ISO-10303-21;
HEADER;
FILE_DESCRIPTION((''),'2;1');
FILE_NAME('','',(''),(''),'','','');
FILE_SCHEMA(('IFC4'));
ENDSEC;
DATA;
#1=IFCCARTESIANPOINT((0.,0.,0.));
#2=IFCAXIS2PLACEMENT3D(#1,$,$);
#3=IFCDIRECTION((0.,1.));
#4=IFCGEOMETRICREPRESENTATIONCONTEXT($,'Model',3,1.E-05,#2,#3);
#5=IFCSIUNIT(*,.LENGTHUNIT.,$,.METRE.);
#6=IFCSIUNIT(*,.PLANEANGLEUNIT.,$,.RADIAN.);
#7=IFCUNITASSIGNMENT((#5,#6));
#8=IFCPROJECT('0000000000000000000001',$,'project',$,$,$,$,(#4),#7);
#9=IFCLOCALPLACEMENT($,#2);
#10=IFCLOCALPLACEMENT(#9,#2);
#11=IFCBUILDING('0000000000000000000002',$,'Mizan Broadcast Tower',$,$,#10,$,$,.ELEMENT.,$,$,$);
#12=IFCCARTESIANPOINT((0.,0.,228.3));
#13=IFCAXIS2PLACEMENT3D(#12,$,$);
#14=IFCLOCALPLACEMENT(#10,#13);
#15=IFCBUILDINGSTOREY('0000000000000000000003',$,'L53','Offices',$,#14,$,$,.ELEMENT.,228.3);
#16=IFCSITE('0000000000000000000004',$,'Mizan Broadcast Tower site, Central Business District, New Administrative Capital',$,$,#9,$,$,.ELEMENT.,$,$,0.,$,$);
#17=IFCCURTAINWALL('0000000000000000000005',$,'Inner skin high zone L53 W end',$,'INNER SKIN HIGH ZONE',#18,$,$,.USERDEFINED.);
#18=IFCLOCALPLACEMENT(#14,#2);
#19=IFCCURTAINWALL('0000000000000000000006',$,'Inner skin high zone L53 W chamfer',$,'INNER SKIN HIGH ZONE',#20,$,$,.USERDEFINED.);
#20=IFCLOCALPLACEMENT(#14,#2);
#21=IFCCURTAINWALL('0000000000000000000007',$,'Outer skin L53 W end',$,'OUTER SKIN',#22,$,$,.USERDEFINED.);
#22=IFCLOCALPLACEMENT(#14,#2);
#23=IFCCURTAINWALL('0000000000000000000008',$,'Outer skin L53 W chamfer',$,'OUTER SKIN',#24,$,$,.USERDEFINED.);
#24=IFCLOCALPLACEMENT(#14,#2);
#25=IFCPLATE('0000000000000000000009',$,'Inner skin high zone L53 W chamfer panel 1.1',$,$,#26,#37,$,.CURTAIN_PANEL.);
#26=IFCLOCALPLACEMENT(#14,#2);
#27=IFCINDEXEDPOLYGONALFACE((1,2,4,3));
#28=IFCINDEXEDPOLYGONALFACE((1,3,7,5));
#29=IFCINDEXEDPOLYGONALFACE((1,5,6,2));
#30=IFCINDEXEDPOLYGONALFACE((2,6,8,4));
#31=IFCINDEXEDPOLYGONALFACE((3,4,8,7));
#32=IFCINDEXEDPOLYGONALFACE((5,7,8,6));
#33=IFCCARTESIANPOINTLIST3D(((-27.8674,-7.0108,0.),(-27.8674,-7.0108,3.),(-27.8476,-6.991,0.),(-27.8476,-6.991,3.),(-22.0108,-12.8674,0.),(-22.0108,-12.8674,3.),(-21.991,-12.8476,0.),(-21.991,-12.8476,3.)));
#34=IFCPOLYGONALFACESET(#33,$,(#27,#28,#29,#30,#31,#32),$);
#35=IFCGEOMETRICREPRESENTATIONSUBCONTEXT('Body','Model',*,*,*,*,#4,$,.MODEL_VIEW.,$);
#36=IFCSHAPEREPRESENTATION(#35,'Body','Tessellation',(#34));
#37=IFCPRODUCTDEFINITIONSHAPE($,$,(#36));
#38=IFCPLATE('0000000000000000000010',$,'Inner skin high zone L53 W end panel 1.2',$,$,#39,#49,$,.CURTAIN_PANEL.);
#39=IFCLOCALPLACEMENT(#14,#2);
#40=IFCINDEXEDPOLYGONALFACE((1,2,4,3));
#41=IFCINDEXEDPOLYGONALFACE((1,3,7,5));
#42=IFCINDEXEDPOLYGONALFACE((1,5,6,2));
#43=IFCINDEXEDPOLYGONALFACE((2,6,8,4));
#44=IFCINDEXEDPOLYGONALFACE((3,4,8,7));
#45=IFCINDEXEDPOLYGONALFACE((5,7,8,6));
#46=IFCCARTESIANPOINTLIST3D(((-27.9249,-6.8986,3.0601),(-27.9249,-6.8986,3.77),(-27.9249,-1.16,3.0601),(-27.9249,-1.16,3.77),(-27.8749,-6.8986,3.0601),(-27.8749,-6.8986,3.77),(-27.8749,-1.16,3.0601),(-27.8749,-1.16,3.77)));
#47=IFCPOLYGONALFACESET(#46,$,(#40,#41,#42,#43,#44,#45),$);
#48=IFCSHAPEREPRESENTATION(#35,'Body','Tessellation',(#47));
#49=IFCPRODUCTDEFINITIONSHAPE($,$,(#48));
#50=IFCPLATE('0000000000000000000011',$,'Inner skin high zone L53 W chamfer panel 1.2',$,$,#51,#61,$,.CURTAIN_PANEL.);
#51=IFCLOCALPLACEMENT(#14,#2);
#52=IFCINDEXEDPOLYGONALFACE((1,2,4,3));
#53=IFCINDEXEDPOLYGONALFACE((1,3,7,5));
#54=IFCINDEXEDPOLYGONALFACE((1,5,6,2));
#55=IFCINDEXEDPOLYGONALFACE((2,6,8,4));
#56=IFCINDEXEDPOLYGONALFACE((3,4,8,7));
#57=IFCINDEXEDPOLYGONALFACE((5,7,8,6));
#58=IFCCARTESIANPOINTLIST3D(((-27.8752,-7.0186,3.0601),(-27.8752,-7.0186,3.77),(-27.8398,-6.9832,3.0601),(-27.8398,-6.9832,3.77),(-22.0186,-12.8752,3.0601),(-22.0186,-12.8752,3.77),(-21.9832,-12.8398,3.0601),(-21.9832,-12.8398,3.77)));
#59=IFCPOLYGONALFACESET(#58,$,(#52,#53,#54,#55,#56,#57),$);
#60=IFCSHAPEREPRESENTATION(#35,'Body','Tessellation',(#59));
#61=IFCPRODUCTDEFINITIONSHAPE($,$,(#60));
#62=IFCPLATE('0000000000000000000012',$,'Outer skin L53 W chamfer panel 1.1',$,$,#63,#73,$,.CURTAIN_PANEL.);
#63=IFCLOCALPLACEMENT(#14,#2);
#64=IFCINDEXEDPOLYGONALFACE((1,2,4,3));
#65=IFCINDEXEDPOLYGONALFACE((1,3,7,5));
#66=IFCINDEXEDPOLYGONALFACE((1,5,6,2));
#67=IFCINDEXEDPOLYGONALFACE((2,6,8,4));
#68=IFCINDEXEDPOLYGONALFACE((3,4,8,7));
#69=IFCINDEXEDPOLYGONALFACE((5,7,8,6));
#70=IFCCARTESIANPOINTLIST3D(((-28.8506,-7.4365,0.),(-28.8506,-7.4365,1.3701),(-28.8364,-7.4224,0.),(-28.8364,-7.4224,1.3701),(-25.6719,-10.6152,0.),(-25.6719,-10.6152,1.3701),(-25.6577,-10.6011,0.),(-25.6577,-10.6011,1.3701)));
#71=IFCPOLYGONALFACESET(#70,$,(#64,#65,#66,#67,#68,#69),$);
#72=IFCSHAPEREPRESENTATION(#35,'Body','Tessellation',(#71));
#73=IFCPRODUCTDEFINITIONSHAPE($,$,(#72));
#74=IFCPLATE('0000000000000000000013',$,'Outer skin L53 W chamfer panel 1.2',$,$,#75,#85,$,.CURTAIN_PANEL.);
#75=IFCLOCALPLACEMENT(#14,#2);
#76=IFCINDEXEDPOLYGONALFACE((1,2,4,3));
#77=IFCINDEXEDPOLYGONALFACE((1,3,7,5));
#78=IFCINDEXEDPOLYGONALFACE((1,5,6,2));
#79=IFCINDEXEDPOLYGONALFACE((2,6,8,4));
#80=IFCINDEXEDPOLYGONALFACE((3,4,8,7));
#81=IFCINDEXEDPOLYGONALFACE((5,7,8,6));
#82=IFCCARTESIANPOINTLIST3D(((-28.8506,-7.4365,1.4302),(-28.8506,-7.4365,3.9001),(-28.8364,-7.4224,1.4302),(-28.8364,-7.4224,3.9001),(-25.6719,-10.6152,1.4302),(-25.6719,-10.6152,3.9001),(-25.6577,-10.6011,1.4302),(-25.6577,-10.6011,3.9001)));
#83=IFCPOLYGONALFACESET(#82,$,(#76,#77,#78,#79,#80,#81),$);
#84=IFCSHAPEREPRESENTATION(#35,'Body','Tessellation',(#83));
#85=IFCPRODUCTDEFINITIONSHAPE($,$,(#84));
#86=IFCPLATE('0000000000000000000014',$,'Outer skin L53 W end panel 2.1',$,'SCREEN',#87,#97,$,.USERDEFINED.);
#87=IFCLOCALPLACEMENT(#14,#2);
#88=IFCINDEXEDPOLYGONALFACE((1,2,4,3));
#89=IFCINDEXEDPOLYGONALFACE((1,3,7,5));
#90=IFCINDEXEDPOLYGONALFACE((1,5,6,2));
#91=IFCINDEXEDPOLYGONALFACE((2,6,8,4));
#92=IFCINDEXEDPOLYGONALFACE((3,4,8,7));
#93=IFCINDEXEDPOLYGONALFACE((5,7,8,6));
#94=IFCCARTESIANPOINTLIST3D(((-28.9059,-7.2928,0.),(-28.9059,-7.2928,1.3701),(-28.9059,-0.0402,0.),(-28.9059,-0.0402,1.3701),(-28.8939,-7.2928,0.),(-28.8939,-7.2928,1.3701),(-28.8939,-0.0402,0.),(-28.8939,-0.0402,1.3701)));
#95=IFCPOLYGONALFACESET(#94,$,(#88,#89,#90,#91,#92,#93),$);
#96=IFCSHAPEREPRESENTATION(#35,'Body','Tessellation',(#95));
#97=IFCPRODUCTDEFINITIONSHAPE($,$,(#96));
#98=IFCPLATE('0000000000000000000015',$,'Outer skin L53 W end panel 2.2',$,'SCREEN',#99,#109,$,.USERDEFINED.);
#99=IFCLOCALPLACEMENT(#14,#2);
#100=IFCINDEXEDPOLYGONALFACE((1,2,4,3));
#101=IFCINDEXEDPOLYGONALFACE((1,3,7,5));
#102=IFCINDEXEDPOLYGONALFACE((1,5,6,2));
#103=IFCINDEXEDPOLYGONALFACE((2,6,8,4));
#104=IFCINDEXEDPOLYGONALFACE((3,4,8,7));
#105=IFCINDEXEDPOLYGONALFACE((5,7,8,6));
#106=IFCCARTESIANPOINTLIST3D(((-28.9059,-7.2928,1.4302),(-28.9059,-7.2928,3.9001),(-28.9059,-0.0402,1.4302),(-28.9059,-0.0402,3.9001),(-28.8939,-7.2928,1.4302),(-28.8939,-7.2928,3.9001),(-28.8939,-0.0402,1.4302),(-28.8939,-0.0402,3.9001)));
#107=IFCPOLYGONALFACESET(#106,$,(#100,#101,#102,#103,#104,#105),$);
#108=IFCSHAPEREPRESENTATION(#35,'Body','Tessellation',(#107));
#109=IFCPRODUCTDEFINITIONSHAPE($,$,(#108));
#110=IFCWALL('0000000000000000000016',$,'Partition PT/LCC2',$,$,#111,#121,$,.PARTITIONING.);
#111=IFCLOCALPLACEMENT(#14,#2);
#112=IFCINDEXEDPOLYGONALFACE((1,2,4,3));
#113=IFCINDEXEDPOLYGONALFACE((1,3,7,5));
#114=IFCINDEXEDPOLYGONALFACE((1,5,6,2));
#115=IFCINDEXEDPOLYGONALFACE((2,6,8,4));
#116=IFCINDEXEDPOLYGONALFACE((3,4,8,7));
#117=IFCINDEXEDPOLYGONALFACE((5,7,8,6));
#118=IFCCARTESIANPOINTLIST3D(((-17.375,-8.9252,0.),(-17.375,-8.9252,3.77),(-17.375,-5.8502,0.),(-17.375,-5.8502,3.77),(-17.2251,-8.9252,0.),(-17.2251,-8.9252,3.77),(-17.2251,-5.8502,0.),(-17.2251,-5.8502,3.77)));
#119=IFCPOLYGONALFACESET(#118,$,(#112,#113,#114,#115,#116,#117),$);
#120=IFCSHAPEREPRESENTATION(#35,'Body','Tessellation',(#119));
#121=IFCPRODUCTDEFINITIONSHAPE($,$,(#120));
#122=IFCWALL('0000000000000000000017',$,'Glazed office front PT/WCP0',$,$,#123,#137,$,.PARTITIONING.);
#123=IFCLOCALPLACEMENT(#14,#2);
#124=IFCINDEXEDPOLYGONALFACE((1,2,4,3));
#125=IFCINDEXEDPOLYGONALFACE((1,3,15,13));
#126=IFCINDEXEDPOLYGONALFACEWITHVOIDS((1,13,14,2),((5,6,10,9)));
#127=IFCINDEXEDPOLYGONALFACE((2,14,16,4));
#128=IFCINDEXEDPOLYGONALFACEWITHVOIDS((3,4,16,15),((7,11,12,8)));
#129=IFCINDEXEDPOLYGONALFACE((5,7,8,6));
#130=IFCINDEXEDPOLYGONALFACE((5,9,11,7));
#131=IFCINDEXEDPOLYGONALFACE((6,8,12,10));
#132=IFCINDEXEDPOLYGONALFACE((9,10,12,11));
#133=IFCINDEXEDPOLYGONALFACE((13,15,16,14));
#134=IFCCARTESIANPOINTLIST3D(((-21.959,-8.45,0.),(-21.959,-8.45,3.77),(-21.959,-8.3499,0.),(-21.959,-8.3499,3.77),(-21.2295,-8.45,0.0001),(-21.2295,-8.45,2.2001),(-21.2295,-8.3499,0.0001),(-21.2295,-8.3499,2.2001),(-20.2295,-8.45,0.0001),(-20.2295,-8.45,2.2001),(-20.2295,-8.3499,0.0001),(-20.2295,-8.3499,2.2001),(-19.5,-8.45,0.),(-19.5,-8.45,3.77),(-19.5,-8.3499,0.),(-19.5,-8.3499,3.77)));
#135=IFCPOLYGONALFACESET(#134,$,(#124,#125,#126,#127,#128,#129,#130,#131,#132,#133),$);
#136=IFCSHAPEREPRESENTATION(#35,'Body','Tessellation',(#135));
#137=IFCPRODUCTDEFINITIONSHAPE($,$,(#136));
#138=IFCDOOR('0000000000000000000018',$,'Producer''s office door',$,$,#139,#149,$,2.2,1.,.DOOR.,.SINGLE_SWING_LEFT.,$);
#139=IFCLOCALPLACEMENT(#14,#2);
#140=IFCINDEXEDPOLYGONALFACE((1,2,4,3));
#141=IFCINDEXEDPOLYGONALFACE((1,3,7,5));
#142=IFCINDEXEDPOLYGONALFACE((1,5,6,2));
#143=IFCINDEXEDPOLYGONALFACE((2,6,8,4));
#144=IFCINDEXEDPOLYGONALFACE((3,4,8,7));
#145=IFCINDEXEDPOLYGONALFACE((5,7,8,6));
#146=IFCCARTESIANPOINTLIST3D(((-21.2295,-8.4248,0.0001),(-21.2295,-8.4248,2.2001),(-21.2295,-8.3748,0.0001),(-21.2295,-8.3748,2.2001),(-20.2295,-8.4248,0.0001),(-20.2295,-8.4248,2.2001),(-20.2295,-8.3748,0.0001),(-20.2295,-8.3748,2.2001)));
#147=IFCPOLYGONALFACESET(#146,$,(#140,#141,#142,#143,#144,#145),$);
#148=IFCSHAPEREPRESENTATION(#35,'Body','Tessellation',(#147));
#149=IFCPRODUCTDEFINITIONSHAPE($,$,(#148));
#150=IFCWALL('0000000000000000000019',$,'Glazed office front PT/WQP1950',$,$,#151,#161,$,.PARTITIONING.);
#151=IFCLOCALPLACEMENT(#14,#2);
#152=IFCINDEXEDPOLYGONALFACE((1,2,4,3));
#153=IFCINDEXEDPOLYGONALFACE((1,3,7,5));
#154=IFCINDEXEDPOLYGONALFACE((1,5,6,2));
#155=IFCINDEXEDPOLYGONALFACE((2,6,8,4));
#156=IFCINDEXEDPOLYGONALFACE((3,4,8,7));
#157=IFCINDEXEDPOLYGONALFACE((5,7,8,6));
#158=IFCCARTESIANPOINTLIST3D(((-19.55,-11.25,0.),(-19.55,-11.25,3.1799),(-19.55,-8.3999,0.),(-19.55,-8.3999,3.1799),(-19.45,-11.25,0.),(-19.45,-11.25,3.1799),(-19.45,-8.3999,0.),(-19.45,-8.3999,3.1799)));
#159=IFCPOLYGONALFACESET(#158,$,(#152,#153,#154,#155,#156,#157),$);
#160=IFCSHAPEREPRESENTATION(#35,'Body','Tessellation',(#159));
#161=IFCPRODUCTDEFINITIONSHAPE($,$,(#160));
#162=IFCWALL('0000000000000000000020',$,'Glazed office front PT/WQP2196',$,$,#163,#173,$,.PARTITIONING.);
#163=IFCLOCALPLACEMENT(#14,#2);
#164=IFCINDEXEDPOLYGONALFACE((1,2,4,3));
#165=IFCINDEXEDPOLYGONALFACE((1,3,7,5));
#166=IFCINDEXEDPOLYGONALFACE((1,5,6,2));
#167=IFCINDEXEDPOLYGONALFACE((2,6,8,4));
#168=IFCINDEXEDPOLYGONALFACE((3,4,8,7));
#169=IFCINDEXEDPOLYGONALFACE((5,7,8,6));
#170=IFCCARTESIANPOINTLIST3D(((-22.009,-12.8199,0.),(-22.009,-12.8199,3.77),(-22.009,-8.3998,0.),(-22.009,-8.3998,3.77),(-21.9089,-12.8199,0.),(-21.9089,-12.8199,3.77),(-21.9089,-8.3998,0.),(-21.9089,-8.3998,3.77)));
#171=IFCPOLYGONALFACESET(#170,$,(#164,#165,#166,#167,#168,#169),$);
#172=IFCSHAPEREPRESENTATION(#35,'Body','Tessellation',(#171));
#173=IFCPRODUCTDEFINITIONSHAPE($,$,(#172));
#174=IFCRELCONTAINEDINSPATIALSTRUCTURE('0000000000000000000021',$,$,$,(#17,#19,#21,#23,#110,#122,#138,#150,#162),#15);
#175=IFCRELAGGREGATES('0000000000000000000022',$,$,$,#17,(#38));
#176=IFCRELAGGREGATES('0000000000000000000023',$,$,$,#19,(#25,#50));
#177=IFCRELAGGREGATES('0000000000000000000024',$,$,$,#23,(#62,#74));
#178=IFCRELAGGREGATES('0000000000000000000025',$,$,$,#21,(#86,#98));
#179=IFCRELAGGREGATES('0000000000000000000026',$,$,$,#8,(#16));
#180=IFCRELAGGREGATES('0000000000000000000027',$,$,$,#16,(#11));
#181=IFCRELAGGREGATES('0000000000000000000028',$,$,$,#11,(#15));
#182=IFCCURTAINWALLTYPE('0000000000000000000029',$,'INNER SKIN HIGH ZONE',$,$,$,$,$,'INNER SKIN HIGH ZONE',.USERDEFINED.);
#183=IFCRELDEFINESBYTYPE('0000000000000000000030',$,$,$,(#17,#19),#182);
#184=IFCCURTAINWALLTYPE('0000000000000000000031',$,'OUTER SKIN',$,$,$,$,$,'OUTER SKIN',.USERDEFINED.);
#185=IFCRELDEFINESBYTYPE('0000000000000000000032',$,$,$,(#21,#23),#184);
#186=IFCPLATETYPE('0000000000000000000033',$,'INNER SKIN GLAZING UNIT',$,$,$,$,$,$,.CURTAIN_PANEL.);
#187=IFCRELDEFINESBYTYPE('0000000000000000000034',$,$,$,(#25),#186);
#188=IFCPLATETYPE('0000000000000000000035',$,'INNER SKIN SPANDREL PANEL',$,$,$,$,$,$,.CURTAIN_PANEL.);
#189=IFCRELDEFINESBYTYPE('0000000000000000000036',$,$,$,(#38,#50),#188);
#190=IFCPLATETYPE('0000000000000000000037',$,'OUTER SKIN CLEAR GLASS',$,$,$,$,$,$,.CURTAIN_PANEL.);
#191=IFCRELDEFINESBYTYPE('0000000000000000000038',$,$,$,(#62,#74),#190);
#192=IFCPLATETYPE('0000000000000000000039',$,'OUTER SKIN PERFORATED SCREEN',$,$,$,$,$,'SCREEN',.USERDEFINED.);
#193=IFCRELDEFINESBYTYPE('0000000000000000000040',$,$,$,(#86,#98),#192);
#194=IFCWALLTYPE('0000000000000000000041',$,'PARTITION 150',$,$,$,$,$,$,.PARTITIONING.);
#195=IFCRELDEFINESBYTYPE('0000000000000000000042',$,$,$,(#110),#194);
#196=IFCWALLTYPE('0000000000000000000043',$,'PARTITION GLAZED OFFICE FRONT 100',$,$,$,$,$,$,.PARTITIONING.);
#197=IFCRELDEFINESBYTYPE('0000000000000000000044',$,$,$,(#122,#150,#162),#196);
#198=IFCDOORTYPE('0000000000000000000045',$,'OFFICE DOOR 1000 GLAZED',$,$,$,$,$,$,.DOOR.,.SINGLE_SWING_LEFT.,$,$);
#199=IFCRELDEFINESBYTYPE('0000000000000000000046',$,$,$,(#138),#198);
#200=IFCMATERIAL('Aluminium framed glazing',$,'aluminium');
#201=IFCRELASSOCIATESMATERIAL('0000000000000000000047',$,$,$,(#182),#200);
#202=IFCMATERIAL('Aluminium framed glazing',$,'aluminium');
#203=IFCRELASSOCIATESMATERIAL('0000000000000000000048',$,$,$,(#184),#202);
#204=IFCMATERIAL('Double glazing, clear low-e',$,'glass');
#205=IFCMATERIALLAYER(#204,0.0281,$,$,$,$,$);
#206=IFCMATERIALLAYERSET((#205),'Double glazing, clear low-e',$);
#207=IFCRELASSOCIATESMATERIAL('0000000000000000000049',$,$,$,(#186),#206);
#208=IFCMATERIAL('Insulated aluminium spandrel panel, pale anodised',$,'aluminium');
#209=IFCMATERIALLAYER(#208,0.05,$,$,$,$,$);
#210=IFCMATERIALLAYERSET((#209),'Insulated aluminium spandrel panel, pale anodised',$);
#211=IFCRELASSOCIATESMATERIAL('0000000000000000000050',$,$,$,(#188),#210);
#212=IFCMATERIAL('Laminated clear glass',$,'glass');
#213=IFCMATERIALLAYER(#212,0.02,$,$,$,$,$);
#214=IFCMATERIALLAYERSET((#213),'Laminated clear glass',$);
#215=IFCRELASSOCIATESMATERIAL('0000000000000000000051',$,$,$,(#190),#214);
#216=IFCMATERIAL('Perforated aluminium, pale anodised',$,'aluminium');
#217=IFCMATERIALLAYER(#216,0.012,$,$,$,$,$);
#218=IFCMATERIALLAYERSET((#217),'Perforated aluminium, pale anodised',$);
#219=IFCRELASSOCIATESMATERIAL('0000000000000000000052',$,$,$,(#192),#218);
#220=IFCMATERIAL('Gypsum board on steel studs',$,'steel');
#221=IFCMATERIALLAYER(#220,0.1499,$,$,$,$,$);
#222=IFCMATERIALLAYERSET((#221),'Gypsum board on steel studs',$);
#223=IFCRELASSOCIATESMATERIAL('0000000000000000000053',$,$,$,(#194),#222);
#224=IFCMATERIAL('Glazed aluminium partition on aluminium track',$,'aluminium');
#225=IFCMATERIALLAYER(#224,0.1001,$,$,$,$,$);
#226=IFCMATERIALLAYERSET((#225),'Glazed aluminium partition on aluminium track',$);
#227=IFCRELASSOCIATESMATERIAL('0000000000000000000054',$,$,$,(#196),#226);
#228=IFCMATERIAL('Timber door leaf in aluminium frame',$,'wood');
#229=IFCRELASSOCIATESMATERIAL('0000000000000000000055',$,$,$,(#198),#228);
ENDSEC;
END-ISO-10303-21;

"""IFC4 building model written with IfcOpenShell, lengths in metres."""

from ifc_helpers import new_model, si_unit, direction, frame, frame_2d, origin, origin_2d, place, context, subcontext, project, spatial, rectangle, extrude, material, layer, layer_set, type_object, element, fill, aggregate, save


model = new_model("IFC4")

# Units and contexts
model_context = context("Model", 3, precision=1e-05, world=origin(), true_north=direction((0.0, 1.0)))
body_context = subcontext(model_context, "Body", "Model", "MODEL_VIEW")
ifc_project = project(units=[si_unit("LENGTHUNIT", "METRE"), si_unit("PLANEANGLEUNIT", "RADIAN")], contexts=[model_context])

# Site, building, storey
site_placement = place(None, origin())
site = spatial("IfcSite", under=ifc_project, at=site_placement, Name="Mizan Broadcast Tower site, Central Business District, New Administrative Capital", CompositionType="ELEMENT", RefElevation=0.0)
building_placement = place(site_placement, origin())
building = spatial("IfcBuilding", under=site, at=building_placement, Name="Mizan Broadcast Tower", CompositionType="ELEMENT")
storey_placement = place(building_placement, frame((0.0, 0.0, 228.3)))
storey = spatial("IfcBuildingStorey", under=building, at=storey_placement, Name="L53", Description="Offices", CompositionType="ELEMENT", Elevation=228.3)

# Curtain wall
ifc_material_1 = material(Name="Aluminium framed glazing", Category="aluminium")
curtain_wall_type_1 = type_object("IfcCurtainWallType", Name="INNER SKIN HIGH ZONE", ElementType="INNER SKIN HIGH ZONE", PredefinedType="USERDEFINED", material=ifc_material_1)
curtain_wall_1_placement = place(storey_placement, origin())
curtain_wall_1 = element("IfcCurtainWall", 1, at=curtain_wall_1_placement, inside=storey, type_object=curtain_wall_type_1, Name="Inner skin high zone L53 W end", ObjectType="INNER SKIN HIGH ZONE", PredefinedType="USERDEFINED")

# Curtain walls
curtain_wall_2_placement = place(storey_placement, origin())
curtain_wall_2 = element("IfcCurtainWall", 2, at=curtain_wall_2_placement, inside=storey, type_object=curtain_wall_type_1, Name="Inner skin high zone L53 W chamfer", ObjectType="INNER SKIN HIGH ZONE", PredefinedType="USERDEFINED")
ifc_material_2 = material(Name="Aluminium framed glazing", Category="aluminium")
curtain_wall_type_2 = type_object("IfcCurtainWallType", Name="OUTER SKIN", ElementType="OUTER SKIN", PredefinedType="USERDEFINED", material=ifc_material_2)
curtain_wall_3_placement = place(storey_placement, origin())
curtain_wall_3 = element("IfcCurtainWall", 3, at=curtain_wall_3_placement, inside=storey, type_object=curtain_wall_type_2, Name="Outer skin L53 W end", ObjectType="OUTER SKIN", PredefinedType="USERDEFINED")
curtain_wall_4_placement = place(storey_placement, origin())
curtain_wall_4 = element("IfcCurtainWall", 4, at=curtain_wall_4_placement, inside=storey, type_object=curtain_wall_type_2, Name="Outer skin L53 W chamfer", ObjectType="OUTER SKIN", PredefinedType="USERDEFINED")

# Plates
ifc_material_3 = material(Name="Double glazing, clear low-e", Category="glass")
ifc_layer_1 = layer(ifc_material_3, 0.0281)
ifc_layer_set_1 = layer_set([ifc_layer_1], Name="Double glazing, clear low-e")
plate_type_1 = type_object("IfcPlateType", Name="INNER SKIN GLAZING UNIT", PredefinedType="CURTAIN_PANEL", material=ifc_layer_set_1)
plate_1_placement = place(storey_placement, frame((-24.9292, -9.9292, 0.0), z_axis=(0.0, 0.0, 1.0), x_axis=(0.707107, -0.707107, 0.0)))
plate_1 = element("IfcPlate", 5, at=plate_1_placement, type_object=plate_type_1, Name="Inner skin high zone L53 W chamfer panel 1.1", PredefinedType="CURTAIN_PANEL", context=body_context, shape_type="SweptSolid", body=[
    extrude(rectangle(XDim=8.2825, YDim=0.0281, at=origin_2d()), origin(), (0.0, 0.0, 1.0), 3.0),
])
ifc_material_4 = material(Name="Insulated aluminium spandrel panel, pale anodised", Category="aluminium")
ifc_layer_2 = layer(ifc_material_4, 0.05)
ifc_layer_set_2 = layer_set([ifc_layer_2], Name="Insulated aluminium spandrel panel, pale anodised")
plate_type_2 = type_object("IfcPlateType", Name="INNER SKIN SPANDREL PANEL", PredefinedType="CURTAIN_PANEL", material=ifc_layer_set_2)
plate_2_placement = place(storey_placement, frame((-27.8999, -4.0293, 3.0601), z_axis=(0.0, 0.0, 1.0), x_axis=(0.0, -1.0, 0.0)))
plate_2 = element("IfcPlate", 6, at=plate_2_placement, type_object=plate_type_2, Name="Inner skin high zone L53 W end panel 1.2", PredefinedType="CURTAIN_PANEL", context=body_context, shape_type="SweptSolid", body=[
    extrude(rectangle(XDim=5.7385, YDim=0.05, at=origin_2d()), origin(), (0.0, 0.0, 1.0), 0.71),
])
aggregate(curtain_wall_1, [plate_2])
plate_3_placement = place(storey_placement, frame((-24.9292, -9.9292, 3.0601), z_axis=(0.0, 0.0, 1.0), x_axis=(0.707107, -0.707107, 0.0)))
plate_3 = element("IfcPlate", 7, at=plate_3_placement, type_object=plate_type_2, Name="Inner skin high zone L53 W chamfer panel 1.2", PredefinedType="CURTAIN_PANEL", context=body_context, shape_type="SweptSolid", body=[
    extrude(rectangle(XDim=8.2825, YDim=0.05, at=origin_2d()), origin(), (0.0, 0.0, 1.0), 0.71),
])
aggregate(curtain_wall_2, [plate_1, plate_3])
ifc_material_5 = material(Name="Laminated clear glass", Category="glass")
ifc_layer_3 = layer(ifc_material_5, 0.02)
ifc_layer_set_3 = layer_set([ifc_layer_3], Name="Laminated clear glass")
plate_type_3 = type_object("IfcPlateType", Name="OUTER SKIN CLEAR GLASS", PredefinedType="CURTAIN_PANEL", material=ifc_layer_set_3)
plate_4_placement = place(storey_placement, frame((-27.2542, -9.0188, 0.0), z_axis=(0.0, 0.0, 1.0), x_axis=(0.707107, -0.707107, 0.0)))
plate_4 = element("IfcPlate", 8, at=plate_4_placement, type_object=plate_type_3, Name="Outer skin L53 W chamfer panel 1.1", PredefinedType="CURTAIN_PANEL", context=body_context, shape_type="SweptSolid", body=[
    extrude(rectangle(XDim=4.4954, YDim=0.02, at=origin_2d()), origin(), (0.0, 0.0, 1.0), 1.3701),
])
plate_5_placement = place(storey_placement, frame((-27.2542, -9.0188, 1.4302), z_axis=(0.0, 0.0, 1.0), x_axis=(0.707107, -0.707107, 0.0)))
plate_5 = element("IfcPlate", 9, at=plate_5_placement, type_object=plate_type_3, Name="Outer skin L53 W chamfer panel 1.2", PredefinedType="CURTAIN_PANEL", context=body_context, shape_type="SweptSolid", body=[
    extrude(rectangle(XDim=4.4954, YDim=0.02, at=origin_2d()), origin(), (0.0, 0.0, 1.0), 2.47),
])
aggregate(curtain_wall_4, [plate_4, plate_5])
ifc_material_6 = material(Name="Perforated aluminium, pale anodised", Category="aluminium")
ifc_layer_4 = layer(ifc_material_6, 0.012)
ifc_layer_set_4 = layer_set([ifc_layer_4], Name="Perforated aluminium, pale anodised")
plate_type_4 = type_object("IfcPlateType", Name="OUTER SKIN PERFORATED SCREEN", ElementType="SCREEN", PredefinedType="USERDEFINED", material=ifc_layer_set_4)
plate_6_placement = place(storey_placement, frame((-28.8999, -3.6665, 0.0), z_axis=(0.0, 0.0, 1.0), x_axis=(0.0, -1.0, 0.0)))
plate_6 = element("IfcPlate", 10, at=plate_6_placement, type_object=plate_type_4, Name="Outer skin L53 W end panel 2.1", ObjectType="SCREEN", PredefinedType="USERDEFINED", context=body_context, shape_type="SweptSolid", body=[
    extrude(rectangle(XDim=7.2527, YDim=0.012, at=origin_2d()), origin(), (0.0, 0.0, 1.0), 1.3701),
])
plate_7_placement = place(storey_placement, frame((-28.8999, -3.6665, 1.4302), z_axis=(0.0, 0.0, 1.0), x_axis=(0.0, -1.0, 0.0)))
plate_7 = element("IfcPlate", 11, at=plate_7_placement, type_object=plate_type_4, Name="Outer skin L53 W end panel 2.2", ObjectType="SCREEN", PredefinedType="USERDEFINED", context=body_context, shape_type="SweptSolid", body=[
    extrude(rectangle(XDim=7.2527, YDim=0.012, at=origin_2d()), origin(), (0.0, 0.0, 1.0), 2.47),
])
aggregate(curtain_wall_3, [plate_6, plate_7])

# Wall
ifc_material_7 = material(Name="Gypsum board on steel studs", Category="steel")
ifc_layer_5 = layer(ifc_material_7, 0.1499)
ifc_layer_set_5 = layer_set([ifc_layer_5], Name="Gypsum board on steel studs")
wall_type_1 = type_object("IfcWallType", Name="PARTITION 150", PredefinedType="PARTITIONING", material=ifc_layer_set_5)
wall_1_placement = place(storey_placement, frame((-17.3, -5.8501, 0.0), z_axis=(0.0, 0.0, 1.0), x_axis=(0.0, -1.0, 0.0)))
element("IfcWall", 12, at=wall_1_placement, inside=storey, type_object=wall_type_1, Name="Partition PT/LCC2", PredefinedType="PARTITIONING", context=body_context, shape_type="SweptSolid", body=[
    extrude(rectangle(XDim=3.075, YDim=0.1499, at=frame_2d((1.5376, 0.0))), origin(), (0.0, 0.0, 1.0), 3.77),
])

# Wall, opening, door
ifc_material_8 = material(Name="Glazed aluminium partition on aluminium track", Category="aluminium")
ifc_layer_6 = layer(ifc_material_8, 0.1001)
ifc_layer_set_6 = layer_set([ifc_layer_6], Name="Glazed aluminium partition on aluminium track")
wall_type_2 = type_object("IfcWallType", Name="PARTITION GLAZED OFFICE FRONT 100", PredefinedType="PARTITIONING", material=ifc_layer_set_6)
wall_2_placement = place(storey_placement, frame((-19.5, -8.3999, 0.0), z_axis=(0.0, 0.0, 1.0), x_axis=(-1.0, 0.0, 0.0)))
wall_2 = element("IfcWall", 13, at=wall_2_placement, inside=storey, type_object=wall_type_2, Name="Glazed office front PT/WCP0", PredefinedType="PARTITIONING", context=body_context, shape_type="SweptSolid", body=[
    extrude(rectangle(XDim=2.459, YDim=0.1001, at=frame_2d((1.2295, 0.0))), origin(), (0.0, 0.0, 1.0), 3.77),
])
opening_placement = place(wall_2_placement, frame((0.7295, 0.0, 0.0)))
opening = element("IfcOpeningElement", 14, at=opening_placement, cuts=wall_2, PredefinedType="OPENING", context=body_context, shape_type="SweptSolid", body=[
    extrude(rectangle(XDim=1.0, YDim=2.2, at=frame_2d((0.5, 1.1001))), frame((0.0, 0.0601, 0.0), z_axis=(0.0, -1.0, 0.0), x_axis=(1.0, 0.0, 0.0)), (0.0, 0.0, 1.0), 0.1201),
])
ifc_material_9 = material(Name="Timber door leaf in aluminium frame", Category="wood")
door_type = type_object("IfcDoorType", Name="OFFICE DOOR 1000 GLAZED", OperationType="SINGLE_SWING_LEFT", PredefinedType="DOOR", material=ifc_material_9)
door_placement = place(opening_placement, origin())
door = element("IfcDoor", 15, at=door_placement, inside=storey, type_object=door_type, Name="Producer's office door", OperationType="SINGLE_SWING_LEFT", OverallHeight=2.2, OverallWidth=1.0, PredefinedType="DOOR", context=body_context, shape_type="SweptSolid", body=[
    extrude(rectangle(XDim=1.0, YDim=2.2, at=frame_2d((0.5, 1.1001))), frame((0.0, 0.0249, 0.0), z_axis=(0.0, -1.0, 0.0), x_axis=(1.0, 0.0, 0.0)), (0.0, 0.0, 1.0), 0.05),
])
fill(opening, door)

# Walls
wall_3_placement = place(storey_placement, frame((-19.5, -8.3999, 0.0), z_axis=(0.0, 0.0, 1.0), x_axis=(0.0, -1.0, 0.0)))
element("IfcWall", 16, at=wall_3_placement, inside=storey, type_object=wall_type_2, Name="Glazed office front PT/WQP1950", PredefinedType="PARTITIONING", context=body_context, shape_type="SweptSolid", body=[
    extrude(rectangle(XDim=2.8501, YDim=0.1001, at=frame_2d((1.425, 0.0))), origin(), (0.0, 0.0, 1.0), 3.1799),
])
wall_4_placement = place(storey_placement, frame((-21.959, -8.3999, 0.0), z_axis=(0.0, 0.0, 1.0), x_axis=(0.0, -1.0, 0.0)))
element("IfcWall", 17, at=wall_4_placement, inside=storey, type_object=wall_type_2, Name="Glazed office front PT/WQP2196", PredefinedType="PARTITIONING", context=body_context, shape_type="SweptSolid", body=[
    extrude(rectangle(XDim=4.4202, YDim=0.1001, at=frame_2d((2.21, 0.0))), origin(), (0.0, 0.0, 1.0), 3.77),
])

save(model, "model.ifc")
